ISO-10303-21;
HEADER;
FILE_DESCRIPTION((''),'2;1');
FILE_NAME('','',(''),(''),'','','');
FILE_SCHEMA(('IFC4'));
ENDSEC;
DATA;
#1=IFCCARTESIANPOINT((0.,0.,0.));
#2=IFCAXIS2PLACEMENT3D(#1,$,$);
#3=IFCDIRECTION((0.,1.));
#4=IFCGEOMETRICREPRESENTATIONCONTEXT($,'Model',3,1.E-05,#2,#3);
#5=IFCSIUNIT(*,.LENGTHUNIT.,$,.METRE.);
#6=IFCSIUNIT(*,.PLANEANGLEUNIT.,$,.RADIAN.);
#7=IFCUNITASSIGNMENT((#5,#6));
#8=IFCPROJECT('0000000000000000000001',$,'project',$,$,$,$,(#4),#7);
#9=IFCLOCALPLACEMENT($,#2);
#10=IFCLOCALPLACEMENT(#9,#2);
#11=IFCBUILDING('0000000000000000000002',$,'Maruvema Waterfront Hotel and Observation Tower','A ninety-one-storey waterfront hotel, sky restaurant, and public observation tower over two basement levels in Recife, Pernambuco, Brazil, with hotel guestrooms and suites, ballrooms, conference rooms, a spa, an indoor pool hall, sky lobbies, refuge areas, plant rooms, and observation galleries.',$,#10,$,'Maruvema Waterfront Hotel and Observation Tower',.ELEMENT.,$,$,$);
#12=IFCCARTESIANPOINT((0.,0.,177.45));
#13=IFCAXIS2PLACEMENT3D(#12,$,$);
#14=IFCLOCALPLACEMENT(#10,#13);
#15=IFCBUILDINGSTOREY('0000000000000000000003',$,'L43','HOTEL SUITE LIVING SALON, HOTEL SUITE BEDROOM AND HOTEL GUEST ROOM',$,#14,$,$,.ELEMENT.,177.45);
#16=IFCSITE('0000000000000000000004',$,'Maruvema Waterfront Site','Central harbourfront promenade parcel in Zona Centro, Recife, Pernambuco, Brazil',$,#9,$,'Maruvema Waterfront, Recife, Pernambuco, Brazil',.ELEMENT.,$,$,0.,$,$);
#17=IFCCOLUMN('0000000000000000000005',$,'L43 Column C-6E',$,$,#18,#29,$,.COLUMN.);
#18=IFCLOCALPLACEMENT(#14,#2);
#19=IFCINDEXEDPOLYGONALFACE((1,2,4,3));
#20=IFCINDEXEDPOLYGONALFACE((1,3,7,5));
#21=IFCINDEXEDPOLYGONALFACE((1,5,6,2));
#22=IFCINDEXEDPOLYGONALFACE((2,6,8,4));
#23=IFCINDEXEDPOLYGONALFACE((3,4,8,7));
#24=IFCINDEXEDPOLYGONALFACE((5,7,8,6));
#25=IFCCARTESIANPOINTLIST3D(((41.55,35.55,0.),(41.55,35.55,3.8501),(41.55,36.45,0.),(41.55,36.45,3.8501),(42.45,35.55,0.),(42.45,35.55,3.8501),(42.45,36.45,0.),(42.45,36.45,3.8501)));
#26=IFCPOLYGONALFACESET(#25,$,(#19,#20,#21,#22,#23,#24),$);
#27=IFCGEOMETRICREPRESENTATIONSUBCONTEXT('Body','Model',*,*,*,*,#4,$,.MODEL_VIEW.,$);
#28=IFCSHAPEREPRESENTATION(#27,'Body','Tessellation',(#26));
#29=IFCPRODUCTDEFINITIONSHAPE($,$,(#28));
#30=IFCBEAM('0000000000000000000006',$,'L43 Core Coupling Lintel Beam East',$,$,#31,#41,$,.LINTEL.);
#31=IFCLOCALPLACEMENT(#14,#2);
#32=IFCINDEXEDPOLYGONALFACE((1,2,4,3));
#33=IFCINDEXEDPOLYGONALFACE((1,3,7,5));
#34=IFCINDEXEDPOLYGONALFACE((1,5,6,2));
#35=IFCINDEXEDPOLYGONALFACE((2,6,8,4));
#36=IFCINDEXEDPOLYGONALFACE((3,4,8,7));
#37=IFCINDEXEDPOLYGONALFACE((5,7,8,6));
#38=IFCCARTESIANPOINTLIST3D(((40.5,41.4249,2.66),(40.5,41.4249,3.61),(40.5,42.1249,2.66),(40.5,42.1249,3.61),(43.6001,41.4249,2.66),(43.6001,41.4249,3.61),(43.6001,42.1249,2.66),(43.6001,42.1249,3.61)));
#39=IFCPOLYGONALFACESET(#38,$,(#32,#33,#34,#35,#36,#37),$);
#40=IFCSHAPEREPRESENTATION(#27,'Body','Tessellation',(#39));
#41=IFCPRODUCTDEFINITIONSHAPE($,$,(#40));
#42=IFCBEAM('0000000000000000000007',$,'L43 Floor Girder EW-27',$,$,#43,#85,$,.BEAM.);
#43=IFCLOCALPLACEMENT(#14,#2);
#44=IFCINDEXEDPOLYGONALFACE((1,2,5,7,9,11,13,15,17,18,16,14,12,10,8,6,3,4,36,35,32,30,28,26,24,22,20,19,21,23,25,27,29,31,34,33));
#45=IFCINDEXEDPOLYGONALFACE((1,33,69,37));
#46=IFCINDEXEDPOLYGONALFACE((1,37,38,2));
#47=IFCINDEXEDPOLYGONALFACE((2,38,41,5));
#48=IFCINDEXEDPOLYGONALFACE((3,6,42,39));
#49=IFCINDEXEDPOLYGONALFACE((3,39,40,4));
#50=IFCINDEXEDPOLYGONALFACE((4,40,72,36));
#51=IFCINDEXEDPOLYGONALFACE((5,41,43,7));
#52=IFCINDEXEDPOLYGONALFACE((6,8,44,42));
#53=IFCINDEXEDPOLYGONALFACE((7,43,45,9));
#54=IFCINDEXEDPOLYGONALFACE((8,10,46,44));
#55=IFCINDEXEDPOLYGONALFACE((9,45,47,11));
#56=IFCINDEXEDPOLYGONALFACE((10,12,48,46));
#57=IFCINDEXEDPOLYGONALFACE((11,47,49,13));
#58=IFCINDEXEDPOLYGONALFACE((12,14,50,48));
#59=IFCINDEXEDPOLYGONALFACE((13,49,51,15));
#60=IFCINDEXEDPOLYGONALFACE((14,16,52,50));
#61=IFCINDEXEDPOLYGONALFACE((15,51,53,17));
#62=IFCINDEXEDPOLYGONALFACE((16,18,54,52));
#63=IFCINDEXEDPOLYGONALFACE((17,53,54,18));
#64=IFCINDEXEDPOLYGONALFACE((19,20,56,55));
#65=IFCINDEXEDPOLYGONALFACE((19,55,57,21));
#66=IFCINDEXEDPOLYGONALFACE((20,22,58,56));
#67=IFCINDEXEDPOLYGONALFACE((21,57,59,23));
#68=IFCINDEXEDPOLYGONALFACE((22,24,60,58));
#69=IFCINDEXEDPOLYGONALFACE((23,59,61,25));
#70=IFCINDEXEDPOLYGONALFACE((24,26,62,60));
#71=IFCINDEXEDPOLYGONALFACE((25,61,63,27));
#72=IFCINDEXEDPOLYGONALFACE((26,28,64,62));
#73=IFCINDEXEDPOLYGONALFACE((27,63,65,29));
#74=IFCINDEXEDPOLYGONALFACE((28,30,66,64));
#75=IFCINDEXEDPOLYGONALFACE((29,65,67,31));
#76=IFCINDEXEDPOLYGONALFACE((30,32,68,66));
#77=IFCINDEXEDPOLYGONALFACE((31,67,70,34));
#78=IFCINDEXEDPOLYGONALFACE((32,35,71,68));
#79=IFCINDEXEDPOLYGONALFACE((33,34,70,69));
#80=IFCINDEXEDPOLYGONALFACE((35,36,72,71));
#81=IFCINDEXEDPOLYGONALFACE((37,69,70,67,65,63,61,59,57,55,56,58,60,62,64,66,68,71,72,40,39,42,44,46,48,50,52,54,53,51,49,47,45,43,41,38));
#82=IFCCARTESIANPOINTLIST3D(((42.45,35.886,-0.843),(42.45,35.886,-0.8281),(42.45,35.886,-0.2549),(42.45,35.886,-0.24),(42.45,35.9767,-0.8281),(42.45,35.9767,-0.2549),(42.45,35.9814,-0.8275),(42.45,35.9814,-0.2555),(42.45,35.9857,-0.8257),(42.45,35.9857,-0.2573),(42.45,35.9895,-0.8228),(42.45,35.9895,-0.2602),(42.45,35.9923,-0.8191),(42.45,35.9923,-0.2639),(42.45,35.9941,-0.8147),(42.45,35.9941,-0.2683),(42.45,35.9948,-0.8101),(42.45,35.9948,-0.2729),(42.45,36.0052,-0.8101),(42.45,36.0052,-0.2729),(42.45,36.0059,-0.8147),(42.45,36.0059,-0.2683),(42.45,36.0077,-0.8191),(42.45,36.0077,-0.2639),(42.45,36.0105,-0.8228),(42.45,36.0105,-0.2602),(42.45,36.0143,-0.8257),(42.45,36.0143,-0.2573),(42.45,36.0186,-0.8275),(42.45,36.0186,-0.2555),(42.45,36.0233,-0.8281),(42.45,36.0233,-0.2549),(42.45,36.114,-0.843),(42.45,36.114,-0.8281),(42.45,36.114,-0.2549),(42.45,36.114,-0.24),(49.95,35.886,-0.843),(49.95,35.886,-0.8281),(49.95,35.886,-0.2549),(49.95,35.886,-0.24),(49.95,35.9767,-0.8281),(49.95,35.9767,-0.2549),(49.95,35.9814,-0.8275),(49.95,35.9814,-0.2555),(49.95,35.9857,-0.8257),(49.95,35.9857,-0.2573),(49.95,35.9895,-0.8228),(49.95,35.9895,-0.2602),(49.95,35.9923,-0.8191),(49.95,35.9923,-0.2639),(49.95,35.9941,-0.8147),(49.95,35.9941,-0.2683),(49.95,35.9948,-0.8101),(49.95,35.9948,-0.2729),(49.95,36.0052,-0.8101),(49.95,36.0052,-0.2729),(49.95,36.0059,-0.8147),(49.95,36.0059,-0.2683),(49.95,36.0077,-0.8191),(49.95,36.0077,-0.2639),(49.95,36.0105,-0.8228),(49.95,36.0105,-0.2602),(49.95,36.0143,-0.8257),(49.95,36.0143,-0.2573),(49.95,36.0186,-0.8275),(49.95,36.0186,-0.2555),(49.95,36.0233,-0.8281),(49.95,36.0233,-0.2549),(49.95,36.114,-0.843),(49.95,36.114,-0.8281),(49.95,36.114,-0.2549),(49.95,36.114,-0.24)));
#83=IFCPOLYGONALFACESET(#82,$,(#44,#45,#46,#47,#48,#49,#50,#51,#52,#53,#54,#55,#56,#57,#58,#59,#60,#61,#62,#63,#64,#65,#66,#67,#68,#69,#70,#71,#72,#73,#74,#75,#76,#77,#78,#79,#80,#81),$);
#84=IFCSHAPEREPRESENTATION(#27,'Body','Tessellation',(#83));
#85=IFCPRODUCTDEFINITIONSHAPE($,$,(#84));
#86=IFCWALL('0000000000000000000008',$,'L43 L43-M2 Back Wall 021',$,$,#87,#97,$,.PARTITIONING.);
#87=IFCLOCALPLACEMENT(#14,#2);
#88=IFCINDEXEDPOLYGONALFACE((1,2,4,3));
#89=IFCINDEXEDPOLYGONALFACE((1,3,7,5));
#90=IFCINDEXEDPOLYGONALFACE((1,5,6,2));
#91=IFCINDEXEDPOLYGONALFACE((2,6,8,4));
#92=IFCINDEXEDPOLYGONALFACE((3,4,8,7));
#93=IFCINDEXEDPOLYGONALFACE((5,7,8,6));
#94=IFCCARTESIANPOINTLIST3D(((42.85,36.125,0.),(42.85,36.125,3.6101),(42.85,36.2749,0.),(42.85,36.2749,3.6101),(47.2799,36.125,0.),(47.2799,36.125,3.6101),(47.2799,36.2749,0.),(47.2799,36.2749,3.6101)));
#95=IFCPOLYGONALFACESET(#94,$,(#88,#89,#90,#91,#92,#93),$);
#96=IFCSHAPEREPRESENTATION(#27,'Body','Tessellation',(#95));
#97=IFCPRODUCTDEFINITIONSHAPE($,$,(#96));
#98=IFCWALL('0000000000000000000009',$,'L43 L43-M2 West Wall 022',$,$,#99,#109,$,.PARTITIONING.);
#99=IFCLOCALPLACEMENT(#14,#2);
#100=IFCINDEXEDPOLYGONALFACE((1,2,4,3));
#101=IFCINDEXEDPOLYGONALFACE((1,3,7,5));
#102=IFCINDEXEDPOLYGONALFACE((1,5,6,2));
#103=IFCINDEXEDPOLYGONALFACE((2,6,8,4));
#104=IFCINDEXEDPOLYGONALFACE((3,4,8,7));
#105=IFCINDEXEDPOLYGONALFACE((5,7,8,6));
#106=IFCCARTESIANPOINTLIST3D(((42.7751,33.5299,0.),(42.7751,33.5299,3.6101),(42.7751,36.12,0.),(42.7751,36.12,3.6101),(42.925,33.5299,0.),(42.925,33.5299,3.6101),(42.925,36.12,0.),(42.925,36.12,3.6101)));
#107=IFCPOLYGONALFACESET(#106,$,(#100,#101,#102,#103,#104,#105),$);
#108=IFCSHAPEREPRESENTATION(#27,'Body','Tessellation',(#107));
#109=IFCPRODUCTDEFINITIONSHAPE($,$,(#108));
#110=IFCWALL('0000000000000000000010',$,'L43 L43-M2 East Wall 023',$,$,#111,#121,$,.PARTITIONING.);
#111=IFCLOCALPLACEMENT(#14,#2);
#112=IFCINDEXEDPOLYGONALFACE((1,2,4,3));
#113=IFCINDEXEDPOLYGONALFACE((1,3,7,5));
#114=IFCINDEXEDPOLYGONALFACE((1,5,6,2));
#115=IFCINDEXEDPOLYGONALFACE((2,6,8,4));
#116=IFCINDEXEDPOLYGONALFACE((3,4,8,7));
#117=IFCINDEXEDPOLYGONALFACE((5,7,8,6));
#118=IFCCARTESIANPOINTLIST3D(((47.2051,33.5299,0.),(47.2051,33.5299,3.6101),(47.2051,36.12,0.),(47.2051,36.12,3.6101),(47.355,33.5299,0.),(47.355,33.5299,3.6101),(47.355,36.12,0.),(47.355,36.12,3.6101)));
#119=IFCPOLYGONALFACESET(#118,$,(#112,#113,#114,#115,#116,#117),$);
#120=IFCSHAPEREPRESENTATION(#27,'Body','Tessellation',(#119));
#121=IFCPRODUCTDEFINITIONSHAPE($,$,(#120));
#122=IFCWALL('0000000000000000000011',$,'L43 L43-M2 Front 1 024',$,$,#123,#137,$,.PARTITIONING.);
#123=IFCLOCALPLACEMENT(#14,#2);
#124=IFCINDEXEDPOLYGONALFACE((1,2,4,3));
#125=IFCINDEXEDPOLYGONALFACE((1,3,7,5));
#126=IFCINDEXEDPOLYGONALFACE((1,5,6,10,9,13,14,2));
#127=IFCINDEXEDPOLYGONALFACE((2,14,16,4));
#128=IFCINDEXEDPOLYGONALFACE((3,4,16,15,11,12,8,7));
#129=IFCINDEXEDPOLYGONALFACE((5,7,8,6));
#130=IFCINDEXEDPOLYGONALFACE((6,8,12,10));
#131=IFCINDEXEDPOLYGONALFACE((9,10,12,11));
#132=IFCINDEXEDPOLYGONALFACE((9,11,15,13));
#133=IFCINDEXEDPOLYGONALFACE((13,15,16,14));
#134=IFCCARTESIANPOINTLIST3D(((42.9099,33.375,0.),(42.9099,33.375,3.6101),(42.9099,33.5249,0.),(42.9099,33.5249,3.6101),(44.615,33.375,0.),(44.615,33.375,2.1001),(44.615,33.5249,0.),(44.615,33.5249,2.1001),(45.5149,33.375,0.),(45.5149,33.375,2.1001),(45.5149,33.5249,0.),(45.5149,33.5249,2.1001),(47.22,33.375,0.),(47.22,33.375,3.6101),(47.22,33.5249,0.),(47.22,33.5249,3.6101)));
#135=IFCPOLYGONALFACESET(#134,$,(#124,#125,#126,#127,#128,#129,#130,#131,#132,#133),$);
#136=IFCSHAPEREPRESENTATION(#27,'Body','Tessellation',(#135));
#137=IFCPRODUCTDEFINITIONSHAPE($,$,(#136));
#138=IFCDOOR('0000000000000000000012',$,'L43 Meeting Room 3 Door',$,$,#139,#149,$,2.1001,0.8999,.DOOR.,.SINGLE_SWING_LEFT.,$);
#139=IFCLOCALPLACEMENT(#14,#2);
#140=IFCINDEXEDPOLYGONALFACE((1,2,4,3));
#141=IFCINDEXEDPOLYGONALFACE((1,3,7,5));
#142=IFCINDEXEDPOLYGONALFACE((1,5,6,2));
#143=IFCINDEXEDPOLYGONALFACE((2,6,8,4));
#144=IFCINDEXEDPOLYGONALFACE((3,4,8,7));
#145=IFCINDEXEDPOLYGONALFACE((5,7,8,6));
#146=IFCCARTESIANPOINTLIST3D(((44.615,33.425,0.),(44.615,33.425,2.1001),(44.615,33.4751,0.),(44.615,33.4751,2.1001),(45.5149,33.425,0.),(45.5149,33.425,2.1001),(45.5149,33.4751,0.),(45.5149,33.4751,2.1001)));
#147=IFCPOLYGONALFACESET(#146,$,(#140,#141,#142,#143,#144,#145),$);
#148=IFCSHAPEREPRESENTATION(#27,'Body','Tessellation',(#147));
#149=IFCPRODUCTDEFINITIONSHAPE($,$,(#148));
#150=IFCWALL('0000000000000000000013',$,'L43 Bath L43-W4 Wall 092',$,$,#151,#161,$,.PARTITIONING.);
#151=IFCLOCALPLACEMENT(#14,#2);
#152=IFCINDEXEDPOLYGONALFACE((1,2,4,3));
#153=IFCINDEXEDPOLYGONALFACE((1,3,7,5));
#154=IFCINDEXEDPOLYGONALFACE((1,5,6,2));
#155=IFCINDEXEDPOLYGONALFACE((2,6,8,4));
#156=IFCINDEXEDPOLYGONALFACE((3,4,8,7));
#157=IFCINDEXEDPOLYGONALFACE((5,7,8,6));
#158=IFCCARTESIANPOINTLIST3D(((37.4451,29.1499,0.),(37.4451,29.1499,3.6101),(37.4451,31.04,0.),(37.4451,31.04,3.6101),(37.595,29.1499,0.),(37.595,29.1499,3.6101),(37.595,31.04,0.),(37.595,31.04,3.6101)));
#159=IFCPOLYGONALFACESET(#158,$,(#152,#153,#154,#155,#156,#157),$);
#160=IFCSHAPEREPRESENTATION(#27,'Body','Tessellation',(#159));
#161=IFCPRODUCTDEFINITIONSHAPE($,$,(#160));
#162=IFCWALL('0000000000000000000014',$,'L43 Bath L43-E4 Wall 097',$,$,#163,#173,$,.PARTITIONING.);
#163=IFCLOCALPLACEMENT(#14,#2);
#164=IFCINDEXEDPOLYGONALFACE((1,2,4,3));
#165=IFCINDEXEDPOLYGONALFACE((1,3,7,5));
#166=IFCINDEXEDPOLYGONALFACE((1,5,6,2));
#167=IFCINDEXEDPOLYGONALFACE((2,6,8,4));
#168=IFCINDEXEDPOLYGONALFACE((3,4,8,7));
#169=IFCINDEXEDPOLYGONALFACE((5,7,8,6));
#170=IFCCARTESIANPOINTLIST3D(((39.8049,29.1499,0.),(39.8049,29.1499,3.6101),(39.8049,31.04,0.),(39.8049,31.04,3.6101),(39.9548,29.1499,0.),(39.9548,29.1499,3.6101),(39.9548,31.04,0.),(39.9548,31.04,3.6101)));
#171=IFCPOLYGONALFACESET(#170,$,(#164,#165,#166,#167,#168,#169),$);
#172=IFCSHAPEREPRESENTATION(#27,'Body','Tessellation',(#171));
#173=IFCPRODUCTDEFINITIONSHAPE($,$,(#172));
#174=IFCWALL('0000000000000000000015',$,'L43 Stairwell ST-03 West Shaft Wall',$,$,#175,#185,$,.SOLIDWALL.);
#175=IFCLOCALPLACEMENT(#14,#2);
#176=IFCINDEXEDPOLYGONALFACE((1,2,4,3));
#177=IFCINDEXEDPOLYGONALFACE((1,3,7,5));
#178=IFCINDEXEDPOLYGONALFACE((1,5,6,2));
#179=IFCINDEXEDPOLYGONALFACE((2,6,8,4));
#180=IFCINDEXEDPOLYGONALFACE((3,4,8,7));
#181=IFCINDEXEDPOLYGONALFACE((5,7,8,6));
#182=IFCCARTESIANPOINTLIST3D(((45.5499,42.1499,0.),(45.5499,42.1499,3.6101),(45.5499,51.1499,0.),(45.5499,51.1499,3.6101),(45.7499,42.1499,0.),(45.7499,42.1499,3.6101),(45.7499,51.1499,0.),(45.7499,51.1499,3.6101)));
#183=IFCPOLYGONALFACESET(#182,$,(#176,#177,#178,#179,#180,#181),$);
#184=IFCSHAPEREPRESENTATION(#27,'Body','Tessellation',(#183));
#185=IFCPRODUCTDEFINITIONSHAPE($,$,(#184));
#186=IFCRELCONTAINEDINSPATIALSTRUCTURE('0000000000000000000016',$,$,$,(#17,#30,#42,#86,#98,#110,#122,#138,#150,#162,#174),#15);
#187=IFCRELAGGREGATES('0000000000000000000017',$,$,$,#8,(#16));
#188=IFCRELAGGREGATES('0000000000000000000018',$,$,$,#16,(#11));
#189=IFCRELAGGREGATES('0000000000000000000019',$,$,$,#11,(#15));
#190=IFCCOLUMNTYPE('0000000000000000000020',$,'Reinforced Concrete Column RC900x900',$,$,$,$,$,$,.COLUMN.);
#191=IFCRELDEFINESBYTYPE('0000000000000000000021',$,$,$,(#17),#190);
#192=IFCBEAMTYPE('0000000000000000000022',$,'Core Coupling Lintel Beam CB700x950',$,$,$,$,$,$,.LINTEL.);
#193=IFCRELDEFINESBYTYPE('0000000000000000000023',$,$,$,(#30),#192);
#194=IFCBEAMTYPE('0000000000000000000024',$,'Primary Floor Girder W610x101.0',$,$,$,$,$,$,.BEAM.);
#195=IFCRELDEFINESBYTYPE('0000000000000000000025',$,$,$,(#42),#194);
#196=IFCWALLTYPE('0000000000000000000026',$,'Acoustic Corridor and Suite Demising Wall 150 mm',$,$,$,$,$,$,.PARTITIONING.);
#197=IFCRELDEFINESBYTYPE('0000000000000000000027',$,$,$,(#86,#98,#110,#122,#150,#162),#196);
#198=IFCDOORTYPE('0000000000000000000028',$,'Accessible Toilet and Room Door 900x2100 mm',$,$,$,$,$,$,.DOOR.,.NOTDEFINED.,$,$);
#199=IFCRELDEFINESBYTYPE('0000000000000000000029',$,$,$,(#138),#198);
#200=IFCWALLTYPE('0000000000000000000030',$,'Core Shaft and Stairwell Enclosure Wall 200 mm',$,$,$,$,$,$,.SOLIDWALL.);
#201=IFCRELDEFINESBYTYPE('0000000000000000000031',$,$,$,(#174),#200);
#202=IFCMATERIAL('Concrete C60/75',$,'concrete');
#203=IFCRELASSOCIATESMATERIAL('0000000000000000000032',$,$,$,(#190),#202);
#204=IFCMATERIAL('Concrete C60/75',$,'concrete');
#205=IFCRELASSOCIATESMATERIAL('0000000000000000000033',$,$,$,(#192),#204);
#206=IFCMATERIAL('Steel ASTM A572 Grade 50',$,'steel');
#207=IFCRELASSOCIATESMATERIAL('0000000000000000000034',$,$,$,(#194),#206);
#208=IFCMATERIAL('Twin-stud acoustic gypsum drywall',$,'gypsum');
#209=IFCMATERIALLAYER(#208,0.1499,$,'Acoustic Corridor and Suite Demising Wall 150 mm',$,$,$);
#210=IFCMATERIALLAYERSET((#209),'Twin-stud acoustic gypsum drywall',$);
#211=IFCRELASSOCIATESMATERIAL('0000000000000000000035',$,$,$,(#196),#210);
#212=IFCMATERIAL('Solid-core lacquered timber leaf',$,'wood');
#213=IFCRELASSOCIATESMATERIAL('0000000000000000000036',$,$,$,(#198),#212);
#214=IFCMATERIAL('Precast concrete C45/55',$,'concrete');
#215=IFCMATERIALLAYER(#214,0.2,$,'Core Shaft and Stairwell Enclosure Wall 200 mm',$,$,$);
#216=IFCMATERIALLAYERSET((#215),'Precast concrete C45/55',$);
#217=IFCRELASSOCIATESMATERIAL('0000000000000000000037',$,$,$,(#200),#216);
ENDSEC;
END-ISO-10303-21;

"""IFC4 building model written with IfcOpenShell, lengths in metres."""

from ifc_helpers import new_model, si_unit, direction, frame, frame_2d, origin, origin_2d, place, context, subcontext, project, spatial, rectangle, i_section, extrude, material, layer, layer_set, material_profile, profile_set, type_object, element, fill, save


model = new_model("IFC4")

# Units and contexts
model_context = context("Model", 3, precision=1e-05, world=origin(), true_north=direction((0.0, 1.0)))
body_context = subcontext(model_context, "Body", "Model", "MODEL_VIEW")
ifc_project = project(units=[si_unit("LENGTHUNIT", "METRE"), si_unit("PLANEANGLEUNIT", "RADIAN")], contexts=[model_context])

# Site, building, storey
site_placement = place(None, origin())
site = spatial("IfcSite", under=ifc_project, at=site_placement, Name="Maruvema Waterfront Site", Description="Central harbourfront promenade parcel in Zona Centro, Recife, Pernambuco, Brazil", LongName="Maruvema Waterfront, Recife, Pernambuco, Brazil", CompositionType="ELEMENT", RefElevation=0.0)
building_placement = place(site_placement, origin())
building = spatial("IfcBuilding", under=site, at=building_placement, Name="Maruvema Waterfront Hotel and Observation Tower", Description="A ninety-one-storey waterfront hotel, sky restaurant, and public observation tower over two basement levels in Recife, Pernambuco, Brazil, with hotel guestrooms and suites, ballrooms, conference rooms, a spa, an indoor pool hall, sky lobbies, refuge areas, plant rooms, and observation galleries.", LongName="Maruvema Waterfront Hotel and Observation Tower", CompositionType="ELEMENT")
storey_placement = place(building_placement, frame((0.0, 0.0, 177.45)))
storey = spatial("IfcBuildingStorey", under=building, at=storey_placement, Name="L43", Description="HOTEL SUITE LIVING SALON, HOTEL SUITE BEDROOM AND HOTEL GUEST ROOM", CompositionType="ELEMENT", Elevation=177.45)

# Column
ifc_material_1 = material(Name="Concrete C60/75", Category="concrete")
ifc_material_profile_1 = material_profile(ifc_material_1, rectangle(XDim=0.8999, YDim=0.8999, at=origin_2d()), Name="RC900x900")
ifc_profile_set_1 = profile_set([ifc_material_profile_1], Name="Concrete C60/75")
column_type = type_object("IfcColumnType", Name="Reinforced Concrete Column RC900x900", PredefinedType="COLUMN", material=ifc_profile_set_1)
column_placement = place(storey_placement, frame((42.0, 36.0, 0.0), z_axis=(0.0, 0.0, 1.0), x_axis=(1.0, 0.0, 0.0)))
element("IfcColumn", 1, at=column_placement, inside=storey, type_object=column_type, Name="L43 Column C-6E", PredefinedType="COLUMN", context=body_context, shape_type="SweptSolid", body=[
    extrude(rectangle(XDim=0.8999, YDim=0.8999, at=origin_2d()), origin(), (0.0, 0.0, 1.0), 3.8501),
])

# Beams
ifc_material_2 = material(Name="Concrete C60/75", Category="concrete")
ifc_material_profile_2 = material_profile(ifc_material_2, rectangle(XDim=0.7, YDim=0.95, at=origin_2d()), Name="CB700x950")
ifc_profile_set_2 = profile_set([ifc_material_profile_2], Name="Concrete C60/75")
beam_type_1 = type_object("IfcBeamType", Name="Core Coupling Lintel Beam CB700x950", PredefinedType="LINTEL", material=ifc_profile_set_2)
beam_1_placement = place(storey_placement, frame((40.5, 41.7749, 3.135), z_axis=(1.0, 0.0, 0.0), x_axis=(0.0, 1.0, 0.0)))
element("IfcBeam", 2, at=beam_1_placement, inside=storey, type_object=beam_type_1, Name="L43 Core Coupling Lintel Beam East", PredefinedType="LINTEL", context=body_context, shape_type="SweptSolid", body=[
    extrude(rectangle(XDim=0.7, YDim=0.95, at=origin_2d()), origin(), (0.0, 0.0, 1.0), 3.1001),
])
ifc_material_3 = material(Name="Steel ASTM A572 Grade 50", Category="steel")
ifc_material_profile_3 = material_profile(ifc_material_3, i_section(OverallWidth=0.228, OverallDepth=0.603, WebThickness=0.0105, FlangeThickness=0.0149, FilletRadius=0.0181, at=origin_2d()), Name="W610x101.0")
ifc_profile_set_3 = profile_set([ifc_material_profile_3], Name="Steel ASTM A572 Grade 50")
beam_type_2 = type_object("IfcBeamType", Name="Primary Floor Girder W610x101.0", PredefinedType="BEAM", material=ifc_profile_set_3)
beam_2_placement = place(storey_placement, frame((42.45, 36.0, -0.5415), z_axis=(1.0, 0.0, 0.0), x_axis=(0.0, 1.0, 0.0)))
element("IfcBeam", 3, at=beam_2_placement, inside=storey, type_object=beam_type_2, Name="L43 Floor Girder EW-27", PredefinedType="BEAM", context=body_context, shape_type="SweptSolid", body=[
    extrude(i_section(OverallWidth=0.228, OverallDepth=0.603, WebThickness=0.0105, FlangeThickness=0.0149, FilletRadius=0.0181, at=origin_2d()), origin(), (0.0, 0.0, 1.0), 7.5),
])

# Walls
ifc_material_4 = material(Name="Twin-stud acoustic gypsum drywall", Category="gypsum")
ifc_layer_1 = layer(ifc_material_4, 0.1499, Name="Acoustic Corridor and Suite Demising Wall 150 mm")
ifc_layer_set_1 = layer_set([ifc_layer_1], Name="Twin-stud acoustic gypsum drywall")
wall_type_1 = type_object("IfcWallType", Name="Acoustic Corridor and Suite Demising Wall 150 mm", PredefinedType="PARTITIONING", material=ifc_layer_set_1)
wall_1_placement = place(storey_placement, frame((42.8501, 36.2, 0.0), z_axis=(0.0, 0.0, 1.0), x_axis=(1.0, 0.0, 0.0)))
element("IfcWall", 4, at=wall_1_placement, inside=storey, type_object=wall_type_1, Name="L43 L43-M2 Back Wall 021", PredefinedType="PARTITIONING", context=body_context, shape_type="SweptSolid", body=[
    extrude(rectangle(XDim=4.4299, YDim=0.1499, at=frame_2d((2.2148, 0.0))), origin(), (0.0, 0.0, 1.0), 3.6101),
])
for number, where, z_axis, x_axis, name in (
    (5, (42.8501, 33.53, 0.0), (0.0, 0.0, 1.0), (0.0, 1.0, 0.0), "L43 L43-M2 West Wall 022"),
    (6, (47.28, 33.53, 0.0), (0.0, 0.0, 1.0), (0.0, 1.0, 0.0), "L43 L43-M2 East Wall 023"),
):
    element("IfcWall", number, at=place(storey_placement, frame(where, z_axis=z_axis, x_axis=x_axis)), inside=storey, type_object=wall_type_1, Name=name, PredefinedType="PARTITIONING", context=body_context, shape_type="SweptSolid", body=[
        extrude(rectangle(XDim=2.5901, YDim=0.1499, at=frame_2d((1.2949, 0.0))), origin(), (0.0, 0.0, 1.0), 3.6101),
    ])

# Wall, opening, door
wall_2_placement = place(storey_placement, frame((42.9099, 33.45, 0.0), z_axis=(0.0, 0.0, 1.0), x_axis=(1.0, 0.0, 0.0)))
wall_2 = element("IfcWall", 7, at=wall_2_placement, inside=storey, type_object=wall_type_1, Name="L43 L43-M2 Front 1 024", PredefinedType="PARTITIONING", context=body_context, shape_type="SweptSolid", body=[
    extrude(rectangle(XDim=4.3101, YDim=0.1499, at=frame_2d((2.155, 0.0))), origin(), (0.0, 0.0, 1.0), 3.6101),
])
opening_1_placement = place(wall_2_placement, frame((1.7051, 0.0, 0.0)))
opening_1 = element("IfcOpeningElement", 8, at=opening_1_placement, cuts=wall_2, PredefinedType="OPENING", context=body_context, shape_type="SweptSolid", body=[
    extrude(rectangle(XDim=0.8999, YDim=2.1001, at=frame_2d((0.45, 1.05))), frame((0.0, 0.085, 0.0), z_axis=(0.0, -1.0, 0.0), x_axis=(1.0, 0.0, 0.0)), (0.0, 0.0, 1.0), 0.1699),
])
ifc_material_5 = material(Name="Solid-core lacquered timber leaf", Category="wood")
door_type_1 = type_object("IfcDoorType", Name="Accessible Toilet and Room Door 900x2100 mm", OperationType="NOTDEFINED", PredefinedType="DOOR", material=ifc_material_5)
door_1_placement = place(opening_1_placement, frame((0.8999, 0.0, 0.0), z_axis=(0.0, 0.0, 1.0), x_axis=(-1.0, 0.0, 0.0)))
door_1 = element("IfcDoor", 9, at=door_1_placement, inside=storey, type_object=door_type_1, Name="L43 Meeting Room 3 Door", OperationType="SINGLE_SWING_LEFT", OverallHeight=2.1001, OverallWidth=0.8999, PredefinedType="DOOR", context=body_context, shape_type="SweptSolid", body=[
    extrude(rectangle(XDim=0.8999, YDim=2.1001, at=frame_2d((0.45, 1.05))), frame((0.0, 0.0249, 0.0), z_axis=(0.0, -1.0, 0.0), x_axis=(1.0, 0.0, 0.0)), (0.0, 0.0, 1.0), 0.05),
])
fill(opening_1, door_1)

# Walls
for number, where, z_axis, x_axis, name in (
    (10, (37.52, 29.1499, 0.0), (0.0, 0.0, 1.0), (0.0, 1.0, 0.0), "L43 Bath L43-W4 Wall 092"),
    (11, (39.8799, 29.1499, 0.0), (0.0, 0.0, 1.0), (0.0, 1.0, 0.0), "L43 Bath L43-E4 Wall 097"),
):
    element("IfcWall", number, at=place(storey_placement, frame(where, z_axis=z_axis, x_axis=x_axis)), inside=storey, type_object=wall_type_1, Name=name, PredefinedType="PARTITIONING", context=body_context, shape_type="SweptSolid", body=[
        extrude(rectangle(XDim=1.8901, YDim=0.1499, at=frame_2d((0.9451, 0.0))), origin(), (0.0, 0.0, 1.0), 3.6101),
    ])
ifc_material_6 = material(Name="Precast concrete C45/55", Category="concrete")
ifc_layer_2 = layer(ifc_material_6, 0.2, Name="Core Shaft and Stairwell Enclosure Wall 200 mm")
ifc_layer_set_2 = layer_set([ifc_layer_2], Name="Precast concrete C45/55")
wall_type_2 = type_object("IfcWallType", Name="Core Shaft and Stairwell Enclosure Wall 200 mm", PredefinedType="SOLIDWALL", material=ifc_layer_set_2)
wall_3_placement = place(storey_placement, frame((45.6499, 42.1499, 0.0), z_axis=(0.0, 0.0, 1.0), x_axis=(0.0, 1.0, 0.0)))
element("IfcWall", 12, at=wall_3_placement, inside=storey, type_object=wall_type_2, Name="L43 Stairwell ST-03 West Shaft Wall", PredefinedType="SOLIDWALL", context=body_context, shape_type="SweptSolid", body=[
    extrude(rectangle(XDim=9.0, YDim=0.2, at=frame_2d((4.5, 0.0))), origin(), (0.0, 0.0, 1.0), 3.6101),
])

save(model, "model.ifc")
